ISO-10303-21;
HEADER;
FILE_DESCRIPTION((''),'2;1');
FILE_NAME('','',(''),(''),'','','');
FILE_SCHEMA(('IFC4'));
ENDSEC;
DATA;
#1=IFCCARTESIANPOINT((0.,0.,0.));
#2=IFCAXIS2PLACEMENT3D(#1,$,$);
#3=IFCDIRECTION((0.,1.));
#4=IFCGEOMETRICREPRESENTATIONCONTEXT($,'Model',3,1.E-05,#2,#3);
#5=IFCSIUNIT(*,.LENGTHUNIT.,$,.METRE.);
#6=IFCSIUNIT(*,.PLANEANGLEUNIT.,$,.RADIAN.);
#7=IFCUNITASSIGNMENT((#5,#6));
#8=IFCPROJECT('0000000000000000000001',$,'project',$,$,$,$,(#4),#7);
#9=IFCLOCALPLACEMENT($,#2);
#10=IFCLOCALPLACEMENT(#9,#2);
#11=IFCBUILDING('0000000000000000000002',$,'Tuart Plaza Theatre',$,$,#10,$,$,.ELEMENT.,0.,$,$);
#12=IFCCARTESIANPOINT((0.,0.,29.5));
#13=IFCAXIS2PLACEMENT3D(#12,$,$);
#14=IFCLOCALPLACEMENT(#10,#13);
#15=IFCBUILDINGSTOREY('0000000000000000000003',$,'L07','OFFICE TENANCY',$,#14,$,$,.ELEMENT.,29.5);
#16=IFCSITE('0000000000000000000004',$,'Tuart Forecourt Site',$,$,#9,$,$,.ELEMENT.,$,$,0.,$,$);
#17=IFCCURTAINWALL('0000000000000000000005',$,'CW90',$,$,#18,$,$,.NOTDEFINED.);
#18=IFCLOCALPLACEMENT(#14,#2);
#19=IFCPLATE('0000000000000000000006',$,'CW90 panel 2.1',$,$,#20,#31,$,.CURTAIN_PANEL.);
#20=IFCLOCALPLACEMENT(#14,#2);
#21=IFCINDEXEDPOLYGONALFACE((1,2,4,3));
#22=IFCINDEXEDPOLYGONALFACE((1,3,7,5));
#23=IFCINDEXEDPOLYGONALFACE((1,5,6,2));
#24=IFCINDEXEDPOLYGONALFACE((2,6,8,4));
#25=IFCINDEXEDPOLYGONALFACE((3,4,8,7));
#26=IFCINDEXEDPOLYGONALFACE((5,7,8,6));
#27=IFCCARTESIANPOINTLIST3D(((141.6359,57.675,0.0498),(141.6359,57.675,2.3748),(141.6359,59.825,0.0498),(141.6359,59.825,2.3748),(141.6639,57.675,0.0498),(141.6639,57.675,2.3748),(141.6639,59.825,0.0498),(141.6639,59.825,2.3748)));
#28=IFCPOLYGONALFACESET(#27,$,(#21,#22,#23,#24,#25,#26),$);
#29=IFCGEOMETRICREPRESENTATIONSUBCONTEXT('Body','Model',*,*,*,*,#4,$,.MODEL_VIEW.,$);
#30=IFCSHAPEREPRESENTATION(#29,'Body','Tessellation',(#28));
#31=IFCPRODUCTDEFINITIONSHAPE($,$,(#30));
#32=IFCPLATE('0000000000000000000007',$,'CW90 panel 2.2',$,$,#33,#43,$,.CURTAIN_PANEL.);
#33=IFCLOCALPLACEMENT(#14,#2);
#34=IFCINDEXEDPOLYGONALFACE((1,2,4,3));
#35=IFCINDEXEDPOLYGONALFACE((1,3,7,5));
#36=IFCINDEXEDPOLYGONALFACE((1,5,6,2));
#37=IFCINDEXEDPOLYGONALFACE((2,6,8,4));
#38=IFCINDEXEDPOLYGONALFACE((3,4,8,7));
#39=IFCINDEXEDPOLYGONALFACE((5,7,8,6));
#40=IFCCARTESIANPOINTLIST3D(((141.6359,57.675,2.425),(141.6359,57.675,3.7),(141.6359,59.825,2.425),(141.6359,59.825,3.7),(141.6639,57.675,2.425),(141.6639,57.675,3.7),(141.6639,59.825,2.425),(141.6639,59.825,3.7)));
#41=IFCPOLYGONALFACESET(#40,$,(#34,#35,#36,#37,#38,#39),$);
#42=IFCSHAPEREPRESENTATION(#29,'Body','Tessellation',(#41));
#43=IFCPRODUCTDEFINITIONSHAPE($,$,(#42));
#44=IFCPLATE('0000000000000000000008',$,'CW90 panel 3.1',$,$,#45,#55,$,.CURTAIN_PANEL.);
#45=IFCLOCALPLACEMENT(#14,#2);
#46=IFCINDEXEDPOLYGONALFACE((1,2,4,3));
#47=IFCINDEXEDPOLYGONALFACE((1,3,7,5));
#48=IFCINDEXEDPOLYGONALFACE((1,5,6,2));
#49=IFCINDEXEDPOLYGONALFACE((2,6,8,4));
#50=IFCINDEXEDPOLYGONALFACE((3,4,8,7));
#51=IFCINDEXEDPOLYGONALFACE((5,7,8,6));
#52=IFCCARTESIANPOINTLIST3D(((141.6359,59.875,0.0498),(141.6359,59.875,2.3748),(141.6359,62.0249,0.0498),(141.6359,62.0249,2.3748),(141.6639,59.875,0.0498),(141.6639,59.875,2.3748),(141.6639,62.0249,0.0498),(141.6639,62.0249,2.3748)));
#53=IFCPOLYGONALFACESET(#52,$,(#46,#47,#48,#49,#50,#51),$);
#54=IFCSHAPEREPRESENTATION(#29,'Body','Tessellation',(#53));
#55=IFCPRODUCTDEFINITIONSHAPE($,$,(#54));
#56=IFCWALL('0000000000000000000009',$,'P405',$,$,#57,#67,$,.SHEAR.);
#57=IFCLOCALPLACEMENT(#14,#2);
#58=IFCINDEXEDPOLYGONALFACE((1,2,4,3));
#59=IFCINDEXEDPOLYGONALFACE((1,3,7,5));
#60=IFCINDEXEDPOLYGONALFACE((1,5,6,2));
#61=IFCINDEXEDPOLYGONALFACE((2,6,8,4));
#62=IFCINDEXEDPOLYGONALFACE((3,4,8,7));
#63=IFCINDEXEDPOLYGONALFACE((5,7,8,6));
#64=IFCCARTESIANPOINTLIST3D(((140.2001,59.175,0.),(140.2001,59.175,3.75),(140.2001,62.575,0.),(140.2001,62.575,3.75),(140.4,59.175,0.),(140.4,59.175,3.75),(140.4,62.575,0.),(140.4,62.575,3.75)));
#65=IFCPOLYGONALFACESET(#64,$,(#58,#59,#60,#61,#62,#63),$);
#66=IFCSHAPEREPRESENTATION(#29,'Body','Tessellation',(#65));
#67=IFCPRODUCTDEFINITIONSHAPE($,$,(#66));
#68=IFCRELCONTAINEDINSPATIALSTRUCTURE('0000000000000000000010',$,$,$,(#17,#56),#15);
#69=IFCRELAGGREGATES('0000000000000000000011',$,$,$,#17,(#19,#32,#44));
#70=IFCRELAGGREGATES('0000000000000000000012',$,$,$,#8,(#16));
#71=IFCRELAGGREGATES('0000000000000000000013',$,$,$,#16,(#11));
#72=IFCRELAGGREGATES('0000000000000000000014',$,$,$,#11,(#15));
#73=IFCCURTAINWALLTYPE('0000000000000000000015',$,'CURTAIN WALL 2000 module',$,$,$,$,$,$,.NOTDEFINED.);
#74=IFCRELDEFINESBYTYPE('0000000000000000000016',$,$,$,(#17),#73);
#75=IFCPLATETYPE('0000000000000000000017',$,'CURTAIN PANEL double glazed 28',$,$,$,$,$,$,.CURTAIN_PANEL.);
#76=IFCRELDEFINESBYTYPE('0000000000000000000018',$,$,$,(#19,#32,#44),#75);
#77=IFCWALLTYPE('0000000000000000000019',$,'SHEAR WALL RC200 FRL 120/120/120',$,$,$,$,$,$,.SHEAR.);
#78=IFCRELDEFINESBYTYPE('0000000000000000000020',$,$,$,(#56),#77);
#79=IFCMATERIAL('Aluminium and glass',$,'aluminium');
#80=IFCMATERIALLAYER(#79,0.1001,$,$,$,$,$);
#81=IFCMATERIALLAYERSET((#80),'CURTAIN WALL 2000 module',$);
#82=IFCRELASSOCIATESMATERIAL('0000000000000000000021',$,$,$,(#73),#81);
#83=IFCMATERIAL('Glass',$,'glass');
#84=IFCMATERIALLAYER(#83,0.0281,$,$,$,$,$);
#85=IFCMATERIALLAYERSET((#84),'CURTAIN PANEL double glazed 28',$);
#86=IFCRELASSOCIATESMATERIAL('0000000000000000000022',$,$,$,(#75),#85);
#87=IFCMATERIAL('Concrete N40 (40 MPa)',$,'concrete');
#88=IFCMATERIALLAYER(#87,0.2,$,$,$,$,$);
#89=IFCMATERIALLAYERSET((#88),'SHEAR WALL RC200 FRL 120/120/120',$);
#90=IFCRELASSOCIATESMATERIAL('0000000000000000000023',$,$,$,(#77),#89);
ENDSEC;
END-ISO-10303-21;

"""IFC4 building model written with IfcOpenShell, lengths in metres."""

from ifc_helpers import new_model, si_unit, direction, frame, frame_2d, origin, origin_2d, place, context, subcontext, project, spatial, rectangle, extrude, material, layer, layer_set, type_object, element, aggregate, save


model = new_model("IFC4")

# Units and contexts
model_context = context("Model", 3, precision=1e-05, world=origin(), true_north=direction((0.0, 1.0)))
body_context = subcontext(model_context, "Body", "Model", "MODEL_VIEW")
ifc_project = project(units=[si_unit("LENGTHUNIT", "METRE"), si_unit("PLANEANGLEUNIT", "RADIAN")], contexts=[model_context])

# Site, building, storey
site_placement = place(None, origin())
site = spatial("IfcSite", under=ifc_project, at=site_placement, Name="Tuart Forecourt Site", CompositionType="ELEMENT", RefElevation=0.0)
building_placement = place(site_placement, origin())
building = spatial("IfcBuilding", under=site, at=building_placement, Name="Tuart Plaza Theatre", CompositionType="ELEMENT", ElevationOfRefHeight=0.0)
storey_placement = place(building_placement, frame((0.0, 0.0, 29.5)))
storey = spatial("IfcBuildingStorey", under=building, at=storey_placement, Name="L07", Description="OFFICE TENANCY", CompositionType="ELEMENT", Elevation=29.5)

# Shared definitions
ifc_material_1 = material(Name="Aluminium and glass", Category="aluminium")
ifc_layer_1 = layer(ifc_material_1, 0.1001)
ifc_layer_set_1 = layer_set([ifc_layer_1], Name="CURTAIN WALL 2000 module")
curtain_wall_type = type_object("IfcCurtainWallType", Name="CURTAIN WALL 2000 module", PredefinedType="NOTDEFINED", material=ifc_layer_set_1)

# Curtain wall
curtain_wall_1_placement = place(storey_placement, origin())
curtain_wall_1 = element("IfcCurtainWall", 1, at=curtain_wall_1_placement, inside=storey, type_object=curtain_wall_type, Name="CW90", PredefinedType="NOTDEFINED")

# Plates
ifc_material_2 = material(Name="Glass", Category="glass")
ifc_layer_2 = layer(ifc_material_2, 0.0281)
ifc_layer_set_2 = layer_set([ifc_layer_2], Name="CURTAIN PANEL double glazed 28")
plate_type = type_object("IfcPlateType", Name="CURTAIN PANEL double glazed 28", PredefinedType="CURTAIN_PANEL", material=ifc_layer_set_2)
plate_1_placement = place(storey_placement, frame((141.6499, 58.75, 0.0498), z_axis=(0.0, 0.0, 1.0), x_axis=(0.0, 1.0, 0.0)))
plate_1 = element("IfcPlate", 2, at=plate_1_placement, type_object=plate_type, Name="CW90 panel 2.1", PredefinedType="CURTAIN_PANEL", context=body_context, shape_type="SweptSolid", body=[
    extrude(rectangle(XDim=2.1499, YDim=0.0281, at=origin_2d()), origin(), (0.0, 0.0, 1.0), 2.325),
])
plate_2_placement = place(storey_placement, frame((141.6499, 58.75, 2.425), z_axis=(0.0, 0.0, 1.0), x_axis=(0.0, 1.0, 0.0)))
plate_2 = element("IfcPlate", 3, at=plate_2_placement, type_object=plate_type, Name="CW90 panel 2.2", PredefinedType="CURTAIN_PANEL", context=body_context, shape_type="SweptSolid", body=[
    extrude(rectangle(XDim=2.1499, YDim=0.0281, at=origin_2d()), origin(), (0.0, 0.0, 1.0), 1.2749),
])
plate_3_placement = place(storey_placement, frame((141.6499, 60.95, 0.0498), z_axis=(0.0, 0.0, 1.0), x_axis=(0.0, 1.0, 0.0)))
plate_3 = element("IfcPlate", 4, at=plate_3_placement, type_object=plate_type, Name="CW90 panel 3.1", PredefinedType="CURTAIN_PANEL", context=body_context, shape_type="SweptSolid", body=[
    extrude(rectangle(XDim=2.1499, YDim=0.0281, at=origin_2d()), origin(), (0.0, 0.0, 1.0), 2.325),
])
aggregate(curtain_wall_1, [plate_1, plate_2, plate_3])

# Wall
ifc_material_3 = material(Name="Concrete N40 (40 MPa)", Category="concrete")
ifc_layer_3 = layer(ifc_material_3, 0.2)
ifc_layer_set_3 = layer_set([ifc_layer_3], Name="SHEAR WALL RC200 FRL 120/120/120")
wall_type = type_object("IfcWallType", Name="SHEAR WALL RC200 FRL 120/120/120", PredefinedType="SHEAR", material=ifc_layer_set_3)
wall_placement = place(storey_placement, frame((140.3, 59.175, 0.0), z_axis=(0.0, 0.0, 1.0), x_axis=(0.0, 1.0, 0.0)))
element("IfcWall", 5, at=wall_placement, inside=storey, type_object=wall_type, Name="P405", PredefinedType="SHEAR", context=body_context, shape_type="SweptSolid", body=[
    extrude(rectangle(XDim=3.3999, YDim=0.2, at=frame_2d((1.7, 0.0))), origin(), (0.0, 0.0, 1.0), 3.75),
])

save(model, "model.ifc")
